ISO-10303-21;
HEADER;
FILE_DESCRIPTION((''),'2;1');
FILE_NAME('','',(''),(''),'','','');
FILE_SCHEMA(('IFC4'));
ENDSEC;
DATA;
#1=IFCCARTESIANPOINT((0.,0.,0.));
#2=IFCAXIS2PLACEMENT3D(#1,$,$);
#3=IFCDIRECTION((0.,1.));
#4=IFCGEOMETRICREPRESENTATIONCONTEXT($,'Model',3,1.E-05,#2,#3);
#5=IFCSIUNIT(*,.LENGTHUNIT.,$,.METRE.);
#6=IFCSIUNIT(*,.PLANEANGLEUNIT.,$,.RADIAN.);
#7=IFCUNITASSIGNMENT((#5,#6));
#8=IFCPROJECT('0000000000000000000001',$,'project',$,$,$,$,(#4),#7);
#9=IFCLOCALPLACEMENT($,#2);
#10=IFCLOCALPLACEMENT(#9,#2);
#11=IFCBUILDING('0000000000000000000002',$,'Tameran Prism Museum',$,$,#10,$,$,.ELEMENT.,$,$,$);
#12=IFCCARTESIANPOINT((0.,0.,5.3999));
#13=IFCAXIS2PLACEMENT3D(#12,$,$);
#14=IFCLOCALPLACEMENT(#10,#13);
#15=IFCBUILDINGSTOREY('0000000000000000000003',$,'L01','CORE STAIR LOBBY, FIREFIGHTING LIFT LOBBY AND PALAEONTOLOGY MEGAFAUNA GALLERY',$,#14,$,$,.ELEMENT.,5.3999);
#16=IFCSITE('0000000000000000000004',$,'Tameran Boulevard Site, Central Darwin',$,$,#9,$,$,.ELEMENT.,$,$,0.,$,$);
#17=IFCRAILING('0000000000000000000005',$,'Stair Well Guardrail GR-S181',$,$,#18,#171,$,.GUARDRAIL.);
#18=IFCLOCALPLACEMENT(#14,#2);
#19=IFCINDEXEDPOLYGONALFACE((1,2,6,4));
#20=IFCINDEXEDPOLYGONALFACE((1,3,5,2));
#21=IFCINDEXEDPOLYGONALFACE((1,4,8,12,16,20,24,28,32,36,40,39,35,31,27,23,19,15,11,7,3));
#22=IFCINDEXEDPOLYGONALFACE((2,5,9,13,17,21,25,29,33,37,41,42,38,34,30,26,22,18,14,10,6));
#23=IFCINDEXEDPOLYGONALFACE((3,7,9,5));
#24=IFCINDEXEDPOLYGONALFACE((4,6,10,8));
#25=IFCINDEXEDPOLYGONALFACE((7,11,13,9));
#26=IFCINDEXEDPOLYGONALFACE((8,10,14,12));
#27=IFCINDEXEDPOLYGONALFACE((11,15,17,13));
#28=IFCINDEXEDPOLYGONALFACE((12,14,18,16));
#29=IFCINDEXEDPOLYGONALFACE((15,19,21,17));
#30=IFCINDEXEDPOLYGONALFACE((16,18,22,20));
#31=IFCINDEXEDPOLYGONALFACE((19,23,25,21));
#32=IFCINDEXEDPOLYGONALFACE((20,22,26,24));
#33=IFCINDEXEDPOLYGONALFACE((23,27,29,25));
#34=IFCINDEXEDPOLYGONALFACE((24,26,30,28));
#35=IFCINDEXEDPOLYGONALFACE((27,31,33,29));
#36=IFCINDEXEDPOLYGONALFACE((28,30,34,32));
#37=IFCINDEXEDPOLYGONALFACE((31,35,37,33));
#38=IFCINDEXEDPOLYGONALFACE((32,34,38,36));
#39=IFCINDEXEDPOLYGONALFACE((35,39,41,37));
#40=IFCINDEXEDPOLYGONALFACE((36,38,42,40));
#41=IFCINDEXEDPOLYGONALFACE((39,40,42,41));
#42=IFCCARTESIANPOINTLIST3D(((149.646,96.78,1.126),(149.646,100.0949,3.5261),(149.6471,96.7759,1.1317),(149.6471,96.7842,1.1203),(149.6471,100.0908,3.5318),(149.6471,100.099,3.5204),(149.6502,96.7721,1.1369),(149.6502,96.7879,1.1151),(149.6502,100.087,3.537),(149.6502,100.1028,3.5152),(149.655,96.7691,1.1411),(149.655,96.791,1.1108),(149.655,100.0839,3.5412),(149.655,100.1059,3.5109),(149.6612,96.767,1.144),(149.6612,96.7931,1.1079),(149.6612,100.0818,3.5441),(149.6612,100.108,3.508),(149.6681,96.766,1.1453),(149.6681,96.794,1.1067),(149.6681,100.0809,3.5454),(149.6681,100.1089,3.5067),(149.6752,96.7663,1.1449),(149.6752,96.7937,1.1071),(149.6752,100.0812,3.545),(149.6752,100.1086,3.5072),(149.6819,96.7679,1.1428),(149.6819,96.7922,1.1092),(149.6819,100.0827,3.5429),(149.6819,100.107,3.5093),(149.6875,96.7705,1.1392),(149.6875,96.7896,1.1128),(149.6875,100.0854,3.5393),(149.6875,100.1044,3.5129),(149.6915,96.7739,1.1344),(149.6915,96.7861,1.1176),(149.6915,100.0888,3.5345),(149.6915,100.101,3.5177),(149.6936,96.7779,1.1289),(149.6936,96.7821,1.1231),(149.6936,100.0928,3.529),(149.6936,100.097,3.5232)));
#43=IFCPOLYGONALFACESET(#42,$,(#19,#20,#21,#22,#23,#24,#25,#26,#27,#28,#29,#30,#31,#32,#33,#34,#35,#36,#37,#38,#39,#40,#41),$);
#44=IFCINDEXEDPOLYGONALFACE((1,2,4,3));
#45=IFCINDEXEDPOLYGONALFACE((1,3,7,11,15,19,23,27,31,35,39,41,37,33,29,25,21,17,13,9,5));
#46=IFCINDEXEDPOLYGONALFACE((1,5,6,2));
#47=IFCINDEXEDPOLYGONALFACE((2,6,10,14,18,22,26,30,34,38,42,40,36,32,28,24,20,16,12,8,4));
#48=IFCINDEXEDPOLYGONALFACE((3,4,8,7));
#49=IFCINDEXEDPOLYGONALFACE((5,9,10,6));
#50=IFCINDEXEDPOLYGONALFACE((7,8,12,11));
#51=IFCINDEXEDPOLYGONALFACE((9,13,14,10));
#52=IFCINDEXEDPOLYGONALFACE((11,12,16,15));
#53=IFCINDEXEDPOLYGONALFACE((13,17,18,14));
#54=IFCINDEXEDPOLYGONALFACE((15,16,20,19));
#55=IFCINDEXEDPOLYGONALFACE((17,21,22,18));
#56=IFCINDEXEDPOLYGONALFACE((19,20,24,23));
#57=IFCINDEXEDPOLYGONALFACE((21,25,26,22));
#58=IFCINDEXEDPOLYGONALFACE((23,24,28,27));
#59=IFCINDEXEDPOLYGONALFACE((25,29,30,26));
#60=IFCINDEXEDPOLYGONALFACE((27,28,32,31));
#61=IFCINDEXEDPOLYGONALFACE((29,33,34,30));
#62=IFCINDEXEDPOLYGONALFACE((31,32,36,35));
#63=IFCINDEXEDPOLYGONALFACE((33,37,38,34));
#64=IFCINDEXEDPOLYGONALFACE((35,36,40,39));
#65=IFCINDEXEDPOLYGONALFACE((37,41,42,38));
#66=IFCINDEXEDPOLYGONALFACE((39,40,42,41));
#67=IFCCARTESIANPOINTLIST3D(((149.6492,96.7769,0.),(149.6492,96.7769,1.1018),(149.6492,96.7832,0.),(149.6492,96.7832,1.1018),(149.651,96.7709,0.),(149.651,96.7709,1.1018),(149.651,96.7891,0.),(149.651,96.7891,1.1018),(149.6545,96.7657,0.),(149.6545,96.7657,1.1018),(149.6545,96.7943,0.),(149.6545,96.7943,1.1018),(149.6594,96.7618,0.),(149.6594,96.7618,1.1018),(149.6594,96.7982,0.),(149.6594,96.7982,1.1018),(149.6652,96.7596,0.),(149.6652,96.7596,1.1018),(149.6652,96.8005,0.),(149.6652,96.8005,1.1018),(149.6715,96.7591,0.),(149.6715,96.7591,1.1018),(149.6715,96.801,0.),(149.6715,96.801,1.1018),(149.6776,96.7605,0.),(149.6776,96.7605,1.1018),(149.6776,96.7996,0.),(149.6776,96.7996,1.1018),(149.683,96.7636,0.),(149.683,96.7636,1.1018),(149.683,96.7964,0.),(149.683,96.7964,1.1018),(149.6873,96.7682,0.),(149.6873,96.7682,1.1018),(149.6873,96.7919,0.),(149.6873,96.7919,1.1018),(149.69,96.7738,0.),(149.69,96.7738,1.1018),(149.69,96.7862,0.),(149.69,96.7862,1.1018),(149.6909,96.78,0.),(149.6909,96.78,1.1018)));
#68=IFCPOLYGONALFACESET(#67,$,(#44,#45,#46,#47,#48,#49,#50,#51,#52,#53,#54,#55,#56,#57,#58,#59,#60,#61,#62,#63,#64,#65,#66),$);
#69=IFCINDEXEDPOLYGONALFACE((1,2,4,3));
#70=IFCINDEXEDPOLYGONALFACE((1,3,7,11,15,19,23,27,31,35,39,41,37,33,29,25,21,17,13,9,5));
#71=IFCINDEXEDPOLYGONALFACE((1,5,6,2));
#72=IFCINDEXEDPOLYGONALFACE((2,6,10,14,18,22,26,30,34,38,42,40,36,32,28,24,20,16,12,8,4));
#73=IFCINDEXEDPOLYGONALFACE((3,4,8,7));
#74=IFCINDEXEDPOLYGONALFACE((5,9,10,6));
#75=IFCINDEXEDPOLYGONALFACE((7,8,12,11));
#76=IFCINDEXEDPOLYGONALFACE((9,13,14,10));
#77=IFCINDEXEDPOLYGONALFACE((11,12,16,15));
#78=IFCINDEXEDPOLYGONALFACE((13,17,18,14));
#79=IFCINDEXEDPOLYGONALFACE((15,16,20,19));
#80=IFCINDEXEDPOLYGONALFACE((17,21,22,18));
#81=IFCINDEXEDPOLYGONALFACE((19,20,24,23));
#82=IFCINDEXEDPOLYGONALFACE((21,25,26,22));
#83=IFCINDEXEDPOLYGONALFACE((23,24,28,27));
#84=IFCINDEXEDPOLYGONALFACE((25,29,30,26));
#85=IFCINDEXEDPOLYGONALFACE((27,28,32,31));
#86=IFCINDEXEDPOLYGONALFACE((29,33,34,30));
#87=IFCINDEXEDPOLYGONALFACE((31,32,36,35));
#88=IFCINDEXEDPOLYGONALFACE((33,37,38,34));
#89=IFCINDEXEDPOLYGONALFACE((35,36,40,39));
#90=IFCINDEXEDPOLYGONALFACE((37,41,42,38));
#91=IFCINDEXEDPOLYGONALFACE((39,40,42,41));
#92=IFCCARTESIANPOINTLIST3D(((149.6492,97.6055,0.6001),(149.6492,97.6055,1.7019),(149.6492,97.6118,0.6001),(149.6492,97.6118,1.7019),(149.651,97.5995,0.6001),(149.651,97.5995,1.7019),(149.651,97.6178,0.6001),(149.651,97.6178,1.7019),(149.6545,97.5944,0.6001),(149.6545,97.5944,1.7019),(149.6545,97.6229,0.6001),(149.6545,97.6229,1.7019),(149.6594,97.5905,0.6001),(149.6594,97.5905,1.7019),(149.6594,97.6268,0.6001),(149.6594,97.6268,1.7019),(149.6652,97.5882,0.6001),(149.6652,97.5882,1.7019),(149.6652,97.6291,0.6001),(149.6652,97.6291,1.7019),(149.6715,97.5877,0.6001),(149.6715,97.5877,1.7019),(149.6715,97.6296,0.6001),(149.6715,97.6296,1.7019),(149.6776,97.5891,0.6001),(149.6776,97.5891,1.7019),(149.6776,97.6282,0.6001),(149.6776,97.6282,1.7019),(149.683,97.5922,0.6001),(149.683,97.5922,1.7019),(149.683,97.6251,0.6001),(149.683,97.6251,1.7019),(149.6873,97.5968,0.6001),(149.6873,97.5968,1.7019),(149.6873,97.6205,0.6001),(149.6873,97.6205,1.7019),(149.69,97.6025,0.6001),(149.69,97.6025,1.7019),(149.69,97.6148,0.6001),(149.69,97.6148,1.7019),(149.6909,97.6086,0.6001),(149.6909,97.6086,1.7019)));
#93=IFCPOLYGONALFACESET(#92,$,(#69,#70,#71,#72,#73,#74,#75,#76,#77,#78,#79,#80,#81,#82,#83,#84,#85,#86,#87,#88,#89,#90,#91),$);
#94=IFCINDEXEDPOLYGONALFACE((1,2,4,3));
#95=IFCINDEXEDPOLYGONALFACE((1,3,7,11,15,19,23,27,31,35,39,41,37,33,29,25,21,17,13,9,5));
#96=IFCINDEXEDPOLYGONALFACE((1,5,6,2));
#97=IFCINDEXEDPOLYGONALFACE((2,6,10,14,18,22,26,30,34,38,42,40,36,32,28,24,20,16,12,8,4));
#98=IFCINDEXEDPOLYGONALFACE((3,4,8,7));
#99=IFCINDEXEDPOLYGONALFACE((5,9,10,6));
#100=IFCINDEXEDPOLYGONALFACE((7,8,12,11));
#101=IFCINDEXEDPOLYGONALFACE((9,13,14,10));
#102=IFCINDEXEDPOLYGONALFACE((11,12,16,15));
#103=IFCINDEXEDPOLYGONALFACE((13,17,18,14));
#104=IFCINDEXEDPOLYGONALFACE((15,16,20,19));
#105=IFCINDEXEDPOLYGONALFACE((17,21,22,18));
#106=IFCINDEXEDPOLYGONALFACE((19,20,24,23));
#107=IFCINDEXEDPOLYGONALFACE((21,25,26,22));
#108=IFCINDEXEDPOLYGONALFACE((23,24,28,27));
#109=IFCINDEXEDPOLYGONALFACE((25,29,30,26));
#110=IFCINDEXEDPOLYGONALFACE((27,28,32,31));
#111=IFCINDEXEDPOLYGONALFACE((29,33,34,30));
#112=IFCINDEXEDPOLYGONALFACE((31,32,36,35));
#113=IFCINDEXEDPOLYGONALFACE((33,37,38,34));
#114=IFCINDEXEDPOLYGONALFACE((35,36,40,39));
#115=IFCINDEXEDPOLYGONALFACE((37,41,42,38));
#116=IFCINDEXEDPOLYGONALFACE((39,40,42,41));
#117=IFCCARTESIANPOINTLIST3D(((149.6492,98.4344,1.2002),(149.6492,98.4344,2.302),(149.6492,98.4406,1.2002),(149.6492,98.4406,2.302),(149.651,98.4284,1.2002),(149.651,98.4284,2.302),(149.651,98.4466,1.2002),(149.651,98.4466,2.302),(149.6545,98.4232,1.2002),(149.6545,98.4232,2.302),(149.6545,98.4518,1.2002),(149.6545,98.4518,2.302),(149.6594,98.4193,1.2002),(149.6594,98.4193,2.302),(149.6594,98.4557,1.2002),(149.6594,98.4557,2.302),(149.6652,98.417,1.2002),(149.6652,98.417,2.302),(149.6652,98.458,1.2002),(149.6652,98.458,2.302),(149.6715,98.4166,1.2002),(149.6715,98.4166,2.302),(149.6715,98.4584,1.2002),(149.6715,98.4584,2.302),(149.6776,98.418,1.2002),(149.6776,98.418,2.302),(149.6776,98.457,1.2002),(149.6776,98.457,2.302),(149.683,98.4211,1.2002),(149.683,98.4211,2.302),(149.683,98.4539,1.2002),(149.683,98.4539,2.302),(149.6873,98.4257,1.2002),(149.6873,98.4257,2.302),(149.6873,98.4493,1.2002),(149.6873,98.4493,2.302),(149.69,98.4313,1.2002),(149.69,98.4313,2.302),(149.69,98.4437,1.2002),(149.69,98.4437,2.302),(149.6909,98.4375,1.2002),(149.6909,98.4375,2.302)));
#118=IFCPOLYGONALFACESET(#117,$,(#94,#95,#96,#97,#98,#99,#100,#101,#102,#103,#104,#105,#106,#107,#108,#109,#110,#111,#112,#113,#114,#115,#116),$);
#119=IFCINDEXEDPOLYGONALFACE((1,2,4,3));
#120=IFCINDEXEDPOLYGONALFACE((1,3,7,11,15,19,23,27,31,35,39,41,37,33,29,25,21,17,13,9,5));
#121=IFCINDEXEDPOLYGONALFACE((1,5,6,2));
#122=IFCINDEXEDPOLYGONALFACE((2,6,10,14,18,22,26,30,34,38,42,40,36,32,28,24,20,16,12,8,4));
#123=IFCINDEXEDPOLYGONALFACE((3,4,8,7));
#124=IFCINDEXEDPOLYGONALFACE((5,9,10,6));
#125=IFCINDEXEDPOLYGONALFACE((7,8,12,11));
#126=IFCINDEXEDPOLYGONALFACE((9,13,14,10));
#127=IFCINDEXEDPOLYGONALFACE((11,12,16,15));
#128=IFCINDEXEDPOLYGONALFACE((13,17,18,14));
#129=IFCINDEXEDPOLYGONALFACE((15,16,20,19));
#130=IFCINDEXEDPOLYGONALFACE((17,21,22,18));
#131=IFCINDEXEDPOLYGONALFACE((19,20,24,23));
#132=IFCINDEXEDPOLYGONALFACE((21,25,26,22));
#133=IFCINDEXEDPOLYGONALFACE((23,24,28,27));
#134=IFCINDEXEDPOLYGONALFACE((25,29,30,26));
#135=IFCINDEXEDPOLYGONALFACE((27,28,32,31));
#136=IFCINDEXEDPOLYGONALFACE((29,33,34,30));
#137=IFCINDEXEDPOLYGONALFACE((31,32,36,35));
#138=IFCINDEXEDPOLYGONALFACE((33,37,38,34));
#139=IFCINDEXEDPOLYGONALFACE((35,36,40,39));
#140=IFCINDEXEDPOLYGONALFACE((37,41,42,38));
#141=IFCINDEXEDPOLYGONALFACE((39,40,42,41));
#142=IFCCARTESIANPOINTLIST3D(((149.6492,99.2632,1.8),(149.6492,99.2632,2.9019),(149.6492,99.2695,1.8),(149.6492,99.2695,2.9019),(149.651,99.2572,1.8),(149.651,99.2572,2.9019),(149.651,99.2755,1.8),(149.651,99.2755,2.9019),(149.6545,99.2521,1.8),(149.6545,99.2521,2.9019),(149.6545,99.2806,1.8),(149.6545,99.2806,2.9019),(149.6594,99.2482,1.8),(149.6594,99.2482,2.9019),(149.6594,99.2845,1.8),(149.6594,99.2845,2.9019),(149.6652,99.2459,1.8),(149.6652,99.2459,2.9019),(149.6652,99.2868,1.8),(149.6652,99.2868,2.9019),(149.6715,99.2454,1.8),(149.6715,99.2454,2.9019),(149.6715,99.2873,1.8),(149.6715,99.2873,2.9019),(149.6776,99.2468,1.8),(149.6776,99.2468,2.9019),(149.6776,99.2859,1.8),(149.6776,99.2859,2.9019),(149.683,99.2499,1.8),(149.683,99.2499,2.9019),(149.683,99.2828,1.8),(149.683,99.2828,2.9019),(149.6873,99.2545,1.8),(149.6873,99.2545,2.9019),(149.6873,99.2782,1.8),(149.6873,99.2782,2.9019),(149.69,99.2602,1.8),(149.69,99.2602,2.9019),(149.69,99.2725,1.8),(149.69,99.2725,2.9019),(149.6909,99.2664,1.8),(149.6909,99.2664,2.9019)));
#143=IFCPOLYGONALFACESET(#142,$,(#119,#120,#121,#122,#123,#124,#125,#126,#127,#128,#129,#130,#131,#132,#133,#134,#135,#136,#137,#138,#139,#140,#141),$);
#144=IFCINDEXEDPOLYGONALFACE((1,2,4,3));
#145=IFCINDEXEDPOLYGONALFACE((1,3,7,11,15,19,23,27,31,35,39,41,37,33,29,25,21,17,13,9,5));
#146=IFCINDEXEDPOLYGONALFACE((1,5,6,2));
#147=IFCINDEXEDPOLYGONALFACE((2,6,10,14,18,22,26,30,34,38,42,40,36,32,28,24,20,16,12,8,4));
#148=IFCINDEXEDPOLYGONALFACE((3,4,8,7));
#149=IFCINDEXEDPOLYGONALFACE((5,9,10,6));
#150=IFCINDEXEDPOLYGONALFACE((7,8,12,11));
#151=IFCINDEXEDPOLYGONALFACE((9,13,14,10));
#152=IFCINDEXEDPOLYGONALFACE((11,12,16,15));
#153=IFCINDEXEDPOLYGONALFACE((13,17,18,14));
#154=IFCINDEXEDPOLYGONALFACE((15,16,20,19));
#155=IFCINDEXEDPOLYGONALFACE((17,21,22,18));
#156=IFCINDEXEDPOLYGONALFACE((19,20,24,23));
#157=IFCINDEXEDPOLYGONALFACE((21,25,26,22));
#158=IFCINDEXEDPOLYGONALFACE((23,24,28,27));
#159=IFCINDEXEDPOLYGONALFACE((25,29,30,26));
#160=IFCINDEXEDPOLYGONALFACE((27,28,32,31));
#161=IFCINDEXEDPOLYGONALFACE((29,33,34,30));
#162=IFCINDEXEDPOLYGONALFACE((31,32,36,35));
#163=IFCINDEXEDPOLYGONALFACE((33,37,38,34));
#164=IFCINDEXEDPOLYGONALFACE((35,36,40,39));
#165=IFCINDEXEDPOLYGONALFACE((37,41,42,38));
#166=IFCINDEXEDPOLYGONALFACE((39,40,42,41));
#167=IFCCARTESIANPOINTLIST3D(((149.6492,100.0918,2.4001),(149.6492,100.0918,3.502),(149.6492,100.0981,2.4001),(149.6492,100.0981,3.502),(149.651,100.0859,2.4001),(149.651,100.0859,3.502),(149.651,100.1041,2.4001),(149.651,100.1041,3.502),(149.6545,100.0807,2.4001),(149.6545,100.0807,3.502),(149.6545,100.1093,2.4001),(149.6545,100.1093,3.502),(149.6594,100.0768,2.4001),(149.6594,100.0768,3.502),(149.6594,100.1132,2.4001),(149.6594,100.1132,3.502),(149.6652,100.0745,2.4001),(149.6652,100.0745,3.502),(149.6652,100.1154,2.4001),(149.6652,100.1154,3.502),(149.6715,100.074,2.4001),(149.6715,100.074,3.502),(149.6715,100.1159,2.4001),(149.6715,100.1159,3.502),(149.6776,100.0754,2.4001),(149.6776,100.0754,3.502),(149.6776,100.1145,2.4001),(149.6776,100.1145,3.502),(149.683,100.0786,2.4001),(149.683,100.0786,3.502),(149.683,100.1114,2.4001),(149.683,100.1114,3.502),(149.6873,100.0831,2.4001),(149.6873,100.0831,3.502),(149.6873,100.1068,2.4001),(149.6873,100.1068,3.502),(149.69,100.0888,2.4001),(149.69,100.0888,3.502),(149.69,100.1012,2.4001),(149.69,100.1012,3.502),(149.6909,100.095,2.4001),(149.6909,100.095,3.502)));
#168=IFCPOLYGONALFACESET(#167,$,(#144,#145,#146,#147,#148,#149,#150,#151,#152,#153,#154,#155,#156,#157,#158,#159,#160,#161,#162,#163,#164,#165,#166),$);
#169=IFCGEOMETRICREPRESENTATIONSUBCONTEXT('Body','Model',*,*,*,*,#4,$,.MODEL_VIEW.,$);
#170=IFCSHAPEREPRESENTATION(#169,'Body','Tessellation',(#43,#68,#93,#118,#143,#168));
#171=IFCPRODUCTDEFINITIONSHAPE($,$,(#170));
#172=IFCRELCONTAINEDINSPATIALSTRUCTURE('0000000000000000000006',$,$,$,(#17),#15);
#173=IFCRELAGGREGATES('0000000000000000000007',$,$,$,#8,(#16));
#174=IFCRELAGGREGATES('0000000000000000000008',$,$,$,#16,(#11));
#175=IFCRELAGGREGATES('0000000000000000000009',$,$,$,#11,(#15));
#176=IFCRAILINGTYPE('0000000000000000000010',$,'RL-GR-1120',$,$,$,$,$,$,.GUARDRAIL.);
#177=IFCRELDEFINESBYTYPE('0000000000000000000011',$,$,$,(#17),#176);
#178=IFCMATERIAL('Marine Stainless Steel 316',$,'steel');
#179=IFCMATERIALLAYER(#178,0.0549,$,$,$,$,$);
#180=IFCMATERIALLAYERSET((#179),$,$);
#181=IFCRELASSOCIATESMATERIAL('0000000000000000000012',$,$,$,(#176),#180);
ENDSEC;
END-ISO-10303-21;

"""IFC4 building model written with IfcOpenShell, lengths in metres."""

from ifc_helpers import new_model, si_unit, direction, frame, origin, origin_2d, place, context, subcontext, project, spatial, circle, extrude, material, layer, layer_set, type_object, element, save


model = new_model("IFC4")

# Units and contexts
model_context = context("Model", 3, precision=1e-05, world=origin(), true_north=direction((0.0, 1.0)))
body_context = subcontext(model_context, "Body", "Model", "MODEL_VIEW")
ifc_project = project(units=[si_unit("LENGTHUNIT", "METRE"), si_unit("PLANEANGLEUNIT", "RADIAN")], contexts=[model_context])

# Site, building, storey
site_placement = place(None, origin())
site = spatial("IfcSite", under=ifc_project, at=site_placement, Name="Tameran Boulevard Site, Central Darwin", CompositionType="ELEMENT", RefElevation=0.0)
building_placement = place(site_placement, origin())
building = spatial("IfcBuilding", under=site, at=building_placement, Name="Tameran Prism Museum", CompositionType="ELEMENT")
storey_placement = place(building_placement, frame((0.0, 0.0, 5.3999)))
storey = spatial("IfcBuildingStorey", under=building, at=storey_placement, Name="L01", Description="CORE STAIR LOBBY, FIREFIGHTING LIFT LOBBY AND PALAEONTOLOGY MEGAFAUNA GALLERY", CompositionType="ELEMENT", Elevation=5.3999)

# Railing
ifc_material_1 = material(Name="Marine Stainless Steel 316", Category="steel")
ifc_layer_1 = layer(ifc_material_1, 0.0549)
ifc_layer_set_1 = layer_set([ifc_layer_1])
railing_type_1 = type_object("IfcRailingType", Name="RL-GR-1120", PredefinedType="GUARDRAIL", material=ifc_layer_set_1)
railing_1_placement = place(storey_placement, frame((149.6699, 96.78, 0.0)))
element("IfcRailing", 1, at=railing_1_placement, inside=storey, type_object=railing_type_1, Name="Stair Well Guardrail GR-S181", PredefinedType="GUARDRAIL", context=body_context, shape_type="SweptSolid", body=[
    extrude(circle(Radius=0.0239, at=origin_2d()), frame((0.0, 0.0, 1.126), z_axis=(0.0, 0.80998, 0.586457), x_axis=(-1.0, 0.0, 0.0)), (0.0, 0.0, 1.0), 4.0925),
    extrude(circle(Radius=0.021, at=origin_2d()), origin(), (0.0, 0.0, 1.0), 1.1018),
    extrude(circle(Radius=0.021, at=origin_2d()), frame((0.0, 0.8286, 0.6001)), (0.0, 0.0, 1.0), 1.1018),
    extrude(circle(Radius=0.021, at=origin_2d()), frame((0.0, 1.6575, 1.2002)), (0.0, 0.0, 1.0), 1.1018),
    extrude(circle(Radius=0.021, at=origin_2d()), frame((0.0, 2.4863, 1.8)), (0.0, 0.0, 1.0), 1.1018),
    extrude(circle(Radius=0.021, at=origin_2d()), frame((0.0, 3.3149, 2.4001)), (0.0, 0.0, 1.0), 1.1018),
])

save(model, "model.ifc")
